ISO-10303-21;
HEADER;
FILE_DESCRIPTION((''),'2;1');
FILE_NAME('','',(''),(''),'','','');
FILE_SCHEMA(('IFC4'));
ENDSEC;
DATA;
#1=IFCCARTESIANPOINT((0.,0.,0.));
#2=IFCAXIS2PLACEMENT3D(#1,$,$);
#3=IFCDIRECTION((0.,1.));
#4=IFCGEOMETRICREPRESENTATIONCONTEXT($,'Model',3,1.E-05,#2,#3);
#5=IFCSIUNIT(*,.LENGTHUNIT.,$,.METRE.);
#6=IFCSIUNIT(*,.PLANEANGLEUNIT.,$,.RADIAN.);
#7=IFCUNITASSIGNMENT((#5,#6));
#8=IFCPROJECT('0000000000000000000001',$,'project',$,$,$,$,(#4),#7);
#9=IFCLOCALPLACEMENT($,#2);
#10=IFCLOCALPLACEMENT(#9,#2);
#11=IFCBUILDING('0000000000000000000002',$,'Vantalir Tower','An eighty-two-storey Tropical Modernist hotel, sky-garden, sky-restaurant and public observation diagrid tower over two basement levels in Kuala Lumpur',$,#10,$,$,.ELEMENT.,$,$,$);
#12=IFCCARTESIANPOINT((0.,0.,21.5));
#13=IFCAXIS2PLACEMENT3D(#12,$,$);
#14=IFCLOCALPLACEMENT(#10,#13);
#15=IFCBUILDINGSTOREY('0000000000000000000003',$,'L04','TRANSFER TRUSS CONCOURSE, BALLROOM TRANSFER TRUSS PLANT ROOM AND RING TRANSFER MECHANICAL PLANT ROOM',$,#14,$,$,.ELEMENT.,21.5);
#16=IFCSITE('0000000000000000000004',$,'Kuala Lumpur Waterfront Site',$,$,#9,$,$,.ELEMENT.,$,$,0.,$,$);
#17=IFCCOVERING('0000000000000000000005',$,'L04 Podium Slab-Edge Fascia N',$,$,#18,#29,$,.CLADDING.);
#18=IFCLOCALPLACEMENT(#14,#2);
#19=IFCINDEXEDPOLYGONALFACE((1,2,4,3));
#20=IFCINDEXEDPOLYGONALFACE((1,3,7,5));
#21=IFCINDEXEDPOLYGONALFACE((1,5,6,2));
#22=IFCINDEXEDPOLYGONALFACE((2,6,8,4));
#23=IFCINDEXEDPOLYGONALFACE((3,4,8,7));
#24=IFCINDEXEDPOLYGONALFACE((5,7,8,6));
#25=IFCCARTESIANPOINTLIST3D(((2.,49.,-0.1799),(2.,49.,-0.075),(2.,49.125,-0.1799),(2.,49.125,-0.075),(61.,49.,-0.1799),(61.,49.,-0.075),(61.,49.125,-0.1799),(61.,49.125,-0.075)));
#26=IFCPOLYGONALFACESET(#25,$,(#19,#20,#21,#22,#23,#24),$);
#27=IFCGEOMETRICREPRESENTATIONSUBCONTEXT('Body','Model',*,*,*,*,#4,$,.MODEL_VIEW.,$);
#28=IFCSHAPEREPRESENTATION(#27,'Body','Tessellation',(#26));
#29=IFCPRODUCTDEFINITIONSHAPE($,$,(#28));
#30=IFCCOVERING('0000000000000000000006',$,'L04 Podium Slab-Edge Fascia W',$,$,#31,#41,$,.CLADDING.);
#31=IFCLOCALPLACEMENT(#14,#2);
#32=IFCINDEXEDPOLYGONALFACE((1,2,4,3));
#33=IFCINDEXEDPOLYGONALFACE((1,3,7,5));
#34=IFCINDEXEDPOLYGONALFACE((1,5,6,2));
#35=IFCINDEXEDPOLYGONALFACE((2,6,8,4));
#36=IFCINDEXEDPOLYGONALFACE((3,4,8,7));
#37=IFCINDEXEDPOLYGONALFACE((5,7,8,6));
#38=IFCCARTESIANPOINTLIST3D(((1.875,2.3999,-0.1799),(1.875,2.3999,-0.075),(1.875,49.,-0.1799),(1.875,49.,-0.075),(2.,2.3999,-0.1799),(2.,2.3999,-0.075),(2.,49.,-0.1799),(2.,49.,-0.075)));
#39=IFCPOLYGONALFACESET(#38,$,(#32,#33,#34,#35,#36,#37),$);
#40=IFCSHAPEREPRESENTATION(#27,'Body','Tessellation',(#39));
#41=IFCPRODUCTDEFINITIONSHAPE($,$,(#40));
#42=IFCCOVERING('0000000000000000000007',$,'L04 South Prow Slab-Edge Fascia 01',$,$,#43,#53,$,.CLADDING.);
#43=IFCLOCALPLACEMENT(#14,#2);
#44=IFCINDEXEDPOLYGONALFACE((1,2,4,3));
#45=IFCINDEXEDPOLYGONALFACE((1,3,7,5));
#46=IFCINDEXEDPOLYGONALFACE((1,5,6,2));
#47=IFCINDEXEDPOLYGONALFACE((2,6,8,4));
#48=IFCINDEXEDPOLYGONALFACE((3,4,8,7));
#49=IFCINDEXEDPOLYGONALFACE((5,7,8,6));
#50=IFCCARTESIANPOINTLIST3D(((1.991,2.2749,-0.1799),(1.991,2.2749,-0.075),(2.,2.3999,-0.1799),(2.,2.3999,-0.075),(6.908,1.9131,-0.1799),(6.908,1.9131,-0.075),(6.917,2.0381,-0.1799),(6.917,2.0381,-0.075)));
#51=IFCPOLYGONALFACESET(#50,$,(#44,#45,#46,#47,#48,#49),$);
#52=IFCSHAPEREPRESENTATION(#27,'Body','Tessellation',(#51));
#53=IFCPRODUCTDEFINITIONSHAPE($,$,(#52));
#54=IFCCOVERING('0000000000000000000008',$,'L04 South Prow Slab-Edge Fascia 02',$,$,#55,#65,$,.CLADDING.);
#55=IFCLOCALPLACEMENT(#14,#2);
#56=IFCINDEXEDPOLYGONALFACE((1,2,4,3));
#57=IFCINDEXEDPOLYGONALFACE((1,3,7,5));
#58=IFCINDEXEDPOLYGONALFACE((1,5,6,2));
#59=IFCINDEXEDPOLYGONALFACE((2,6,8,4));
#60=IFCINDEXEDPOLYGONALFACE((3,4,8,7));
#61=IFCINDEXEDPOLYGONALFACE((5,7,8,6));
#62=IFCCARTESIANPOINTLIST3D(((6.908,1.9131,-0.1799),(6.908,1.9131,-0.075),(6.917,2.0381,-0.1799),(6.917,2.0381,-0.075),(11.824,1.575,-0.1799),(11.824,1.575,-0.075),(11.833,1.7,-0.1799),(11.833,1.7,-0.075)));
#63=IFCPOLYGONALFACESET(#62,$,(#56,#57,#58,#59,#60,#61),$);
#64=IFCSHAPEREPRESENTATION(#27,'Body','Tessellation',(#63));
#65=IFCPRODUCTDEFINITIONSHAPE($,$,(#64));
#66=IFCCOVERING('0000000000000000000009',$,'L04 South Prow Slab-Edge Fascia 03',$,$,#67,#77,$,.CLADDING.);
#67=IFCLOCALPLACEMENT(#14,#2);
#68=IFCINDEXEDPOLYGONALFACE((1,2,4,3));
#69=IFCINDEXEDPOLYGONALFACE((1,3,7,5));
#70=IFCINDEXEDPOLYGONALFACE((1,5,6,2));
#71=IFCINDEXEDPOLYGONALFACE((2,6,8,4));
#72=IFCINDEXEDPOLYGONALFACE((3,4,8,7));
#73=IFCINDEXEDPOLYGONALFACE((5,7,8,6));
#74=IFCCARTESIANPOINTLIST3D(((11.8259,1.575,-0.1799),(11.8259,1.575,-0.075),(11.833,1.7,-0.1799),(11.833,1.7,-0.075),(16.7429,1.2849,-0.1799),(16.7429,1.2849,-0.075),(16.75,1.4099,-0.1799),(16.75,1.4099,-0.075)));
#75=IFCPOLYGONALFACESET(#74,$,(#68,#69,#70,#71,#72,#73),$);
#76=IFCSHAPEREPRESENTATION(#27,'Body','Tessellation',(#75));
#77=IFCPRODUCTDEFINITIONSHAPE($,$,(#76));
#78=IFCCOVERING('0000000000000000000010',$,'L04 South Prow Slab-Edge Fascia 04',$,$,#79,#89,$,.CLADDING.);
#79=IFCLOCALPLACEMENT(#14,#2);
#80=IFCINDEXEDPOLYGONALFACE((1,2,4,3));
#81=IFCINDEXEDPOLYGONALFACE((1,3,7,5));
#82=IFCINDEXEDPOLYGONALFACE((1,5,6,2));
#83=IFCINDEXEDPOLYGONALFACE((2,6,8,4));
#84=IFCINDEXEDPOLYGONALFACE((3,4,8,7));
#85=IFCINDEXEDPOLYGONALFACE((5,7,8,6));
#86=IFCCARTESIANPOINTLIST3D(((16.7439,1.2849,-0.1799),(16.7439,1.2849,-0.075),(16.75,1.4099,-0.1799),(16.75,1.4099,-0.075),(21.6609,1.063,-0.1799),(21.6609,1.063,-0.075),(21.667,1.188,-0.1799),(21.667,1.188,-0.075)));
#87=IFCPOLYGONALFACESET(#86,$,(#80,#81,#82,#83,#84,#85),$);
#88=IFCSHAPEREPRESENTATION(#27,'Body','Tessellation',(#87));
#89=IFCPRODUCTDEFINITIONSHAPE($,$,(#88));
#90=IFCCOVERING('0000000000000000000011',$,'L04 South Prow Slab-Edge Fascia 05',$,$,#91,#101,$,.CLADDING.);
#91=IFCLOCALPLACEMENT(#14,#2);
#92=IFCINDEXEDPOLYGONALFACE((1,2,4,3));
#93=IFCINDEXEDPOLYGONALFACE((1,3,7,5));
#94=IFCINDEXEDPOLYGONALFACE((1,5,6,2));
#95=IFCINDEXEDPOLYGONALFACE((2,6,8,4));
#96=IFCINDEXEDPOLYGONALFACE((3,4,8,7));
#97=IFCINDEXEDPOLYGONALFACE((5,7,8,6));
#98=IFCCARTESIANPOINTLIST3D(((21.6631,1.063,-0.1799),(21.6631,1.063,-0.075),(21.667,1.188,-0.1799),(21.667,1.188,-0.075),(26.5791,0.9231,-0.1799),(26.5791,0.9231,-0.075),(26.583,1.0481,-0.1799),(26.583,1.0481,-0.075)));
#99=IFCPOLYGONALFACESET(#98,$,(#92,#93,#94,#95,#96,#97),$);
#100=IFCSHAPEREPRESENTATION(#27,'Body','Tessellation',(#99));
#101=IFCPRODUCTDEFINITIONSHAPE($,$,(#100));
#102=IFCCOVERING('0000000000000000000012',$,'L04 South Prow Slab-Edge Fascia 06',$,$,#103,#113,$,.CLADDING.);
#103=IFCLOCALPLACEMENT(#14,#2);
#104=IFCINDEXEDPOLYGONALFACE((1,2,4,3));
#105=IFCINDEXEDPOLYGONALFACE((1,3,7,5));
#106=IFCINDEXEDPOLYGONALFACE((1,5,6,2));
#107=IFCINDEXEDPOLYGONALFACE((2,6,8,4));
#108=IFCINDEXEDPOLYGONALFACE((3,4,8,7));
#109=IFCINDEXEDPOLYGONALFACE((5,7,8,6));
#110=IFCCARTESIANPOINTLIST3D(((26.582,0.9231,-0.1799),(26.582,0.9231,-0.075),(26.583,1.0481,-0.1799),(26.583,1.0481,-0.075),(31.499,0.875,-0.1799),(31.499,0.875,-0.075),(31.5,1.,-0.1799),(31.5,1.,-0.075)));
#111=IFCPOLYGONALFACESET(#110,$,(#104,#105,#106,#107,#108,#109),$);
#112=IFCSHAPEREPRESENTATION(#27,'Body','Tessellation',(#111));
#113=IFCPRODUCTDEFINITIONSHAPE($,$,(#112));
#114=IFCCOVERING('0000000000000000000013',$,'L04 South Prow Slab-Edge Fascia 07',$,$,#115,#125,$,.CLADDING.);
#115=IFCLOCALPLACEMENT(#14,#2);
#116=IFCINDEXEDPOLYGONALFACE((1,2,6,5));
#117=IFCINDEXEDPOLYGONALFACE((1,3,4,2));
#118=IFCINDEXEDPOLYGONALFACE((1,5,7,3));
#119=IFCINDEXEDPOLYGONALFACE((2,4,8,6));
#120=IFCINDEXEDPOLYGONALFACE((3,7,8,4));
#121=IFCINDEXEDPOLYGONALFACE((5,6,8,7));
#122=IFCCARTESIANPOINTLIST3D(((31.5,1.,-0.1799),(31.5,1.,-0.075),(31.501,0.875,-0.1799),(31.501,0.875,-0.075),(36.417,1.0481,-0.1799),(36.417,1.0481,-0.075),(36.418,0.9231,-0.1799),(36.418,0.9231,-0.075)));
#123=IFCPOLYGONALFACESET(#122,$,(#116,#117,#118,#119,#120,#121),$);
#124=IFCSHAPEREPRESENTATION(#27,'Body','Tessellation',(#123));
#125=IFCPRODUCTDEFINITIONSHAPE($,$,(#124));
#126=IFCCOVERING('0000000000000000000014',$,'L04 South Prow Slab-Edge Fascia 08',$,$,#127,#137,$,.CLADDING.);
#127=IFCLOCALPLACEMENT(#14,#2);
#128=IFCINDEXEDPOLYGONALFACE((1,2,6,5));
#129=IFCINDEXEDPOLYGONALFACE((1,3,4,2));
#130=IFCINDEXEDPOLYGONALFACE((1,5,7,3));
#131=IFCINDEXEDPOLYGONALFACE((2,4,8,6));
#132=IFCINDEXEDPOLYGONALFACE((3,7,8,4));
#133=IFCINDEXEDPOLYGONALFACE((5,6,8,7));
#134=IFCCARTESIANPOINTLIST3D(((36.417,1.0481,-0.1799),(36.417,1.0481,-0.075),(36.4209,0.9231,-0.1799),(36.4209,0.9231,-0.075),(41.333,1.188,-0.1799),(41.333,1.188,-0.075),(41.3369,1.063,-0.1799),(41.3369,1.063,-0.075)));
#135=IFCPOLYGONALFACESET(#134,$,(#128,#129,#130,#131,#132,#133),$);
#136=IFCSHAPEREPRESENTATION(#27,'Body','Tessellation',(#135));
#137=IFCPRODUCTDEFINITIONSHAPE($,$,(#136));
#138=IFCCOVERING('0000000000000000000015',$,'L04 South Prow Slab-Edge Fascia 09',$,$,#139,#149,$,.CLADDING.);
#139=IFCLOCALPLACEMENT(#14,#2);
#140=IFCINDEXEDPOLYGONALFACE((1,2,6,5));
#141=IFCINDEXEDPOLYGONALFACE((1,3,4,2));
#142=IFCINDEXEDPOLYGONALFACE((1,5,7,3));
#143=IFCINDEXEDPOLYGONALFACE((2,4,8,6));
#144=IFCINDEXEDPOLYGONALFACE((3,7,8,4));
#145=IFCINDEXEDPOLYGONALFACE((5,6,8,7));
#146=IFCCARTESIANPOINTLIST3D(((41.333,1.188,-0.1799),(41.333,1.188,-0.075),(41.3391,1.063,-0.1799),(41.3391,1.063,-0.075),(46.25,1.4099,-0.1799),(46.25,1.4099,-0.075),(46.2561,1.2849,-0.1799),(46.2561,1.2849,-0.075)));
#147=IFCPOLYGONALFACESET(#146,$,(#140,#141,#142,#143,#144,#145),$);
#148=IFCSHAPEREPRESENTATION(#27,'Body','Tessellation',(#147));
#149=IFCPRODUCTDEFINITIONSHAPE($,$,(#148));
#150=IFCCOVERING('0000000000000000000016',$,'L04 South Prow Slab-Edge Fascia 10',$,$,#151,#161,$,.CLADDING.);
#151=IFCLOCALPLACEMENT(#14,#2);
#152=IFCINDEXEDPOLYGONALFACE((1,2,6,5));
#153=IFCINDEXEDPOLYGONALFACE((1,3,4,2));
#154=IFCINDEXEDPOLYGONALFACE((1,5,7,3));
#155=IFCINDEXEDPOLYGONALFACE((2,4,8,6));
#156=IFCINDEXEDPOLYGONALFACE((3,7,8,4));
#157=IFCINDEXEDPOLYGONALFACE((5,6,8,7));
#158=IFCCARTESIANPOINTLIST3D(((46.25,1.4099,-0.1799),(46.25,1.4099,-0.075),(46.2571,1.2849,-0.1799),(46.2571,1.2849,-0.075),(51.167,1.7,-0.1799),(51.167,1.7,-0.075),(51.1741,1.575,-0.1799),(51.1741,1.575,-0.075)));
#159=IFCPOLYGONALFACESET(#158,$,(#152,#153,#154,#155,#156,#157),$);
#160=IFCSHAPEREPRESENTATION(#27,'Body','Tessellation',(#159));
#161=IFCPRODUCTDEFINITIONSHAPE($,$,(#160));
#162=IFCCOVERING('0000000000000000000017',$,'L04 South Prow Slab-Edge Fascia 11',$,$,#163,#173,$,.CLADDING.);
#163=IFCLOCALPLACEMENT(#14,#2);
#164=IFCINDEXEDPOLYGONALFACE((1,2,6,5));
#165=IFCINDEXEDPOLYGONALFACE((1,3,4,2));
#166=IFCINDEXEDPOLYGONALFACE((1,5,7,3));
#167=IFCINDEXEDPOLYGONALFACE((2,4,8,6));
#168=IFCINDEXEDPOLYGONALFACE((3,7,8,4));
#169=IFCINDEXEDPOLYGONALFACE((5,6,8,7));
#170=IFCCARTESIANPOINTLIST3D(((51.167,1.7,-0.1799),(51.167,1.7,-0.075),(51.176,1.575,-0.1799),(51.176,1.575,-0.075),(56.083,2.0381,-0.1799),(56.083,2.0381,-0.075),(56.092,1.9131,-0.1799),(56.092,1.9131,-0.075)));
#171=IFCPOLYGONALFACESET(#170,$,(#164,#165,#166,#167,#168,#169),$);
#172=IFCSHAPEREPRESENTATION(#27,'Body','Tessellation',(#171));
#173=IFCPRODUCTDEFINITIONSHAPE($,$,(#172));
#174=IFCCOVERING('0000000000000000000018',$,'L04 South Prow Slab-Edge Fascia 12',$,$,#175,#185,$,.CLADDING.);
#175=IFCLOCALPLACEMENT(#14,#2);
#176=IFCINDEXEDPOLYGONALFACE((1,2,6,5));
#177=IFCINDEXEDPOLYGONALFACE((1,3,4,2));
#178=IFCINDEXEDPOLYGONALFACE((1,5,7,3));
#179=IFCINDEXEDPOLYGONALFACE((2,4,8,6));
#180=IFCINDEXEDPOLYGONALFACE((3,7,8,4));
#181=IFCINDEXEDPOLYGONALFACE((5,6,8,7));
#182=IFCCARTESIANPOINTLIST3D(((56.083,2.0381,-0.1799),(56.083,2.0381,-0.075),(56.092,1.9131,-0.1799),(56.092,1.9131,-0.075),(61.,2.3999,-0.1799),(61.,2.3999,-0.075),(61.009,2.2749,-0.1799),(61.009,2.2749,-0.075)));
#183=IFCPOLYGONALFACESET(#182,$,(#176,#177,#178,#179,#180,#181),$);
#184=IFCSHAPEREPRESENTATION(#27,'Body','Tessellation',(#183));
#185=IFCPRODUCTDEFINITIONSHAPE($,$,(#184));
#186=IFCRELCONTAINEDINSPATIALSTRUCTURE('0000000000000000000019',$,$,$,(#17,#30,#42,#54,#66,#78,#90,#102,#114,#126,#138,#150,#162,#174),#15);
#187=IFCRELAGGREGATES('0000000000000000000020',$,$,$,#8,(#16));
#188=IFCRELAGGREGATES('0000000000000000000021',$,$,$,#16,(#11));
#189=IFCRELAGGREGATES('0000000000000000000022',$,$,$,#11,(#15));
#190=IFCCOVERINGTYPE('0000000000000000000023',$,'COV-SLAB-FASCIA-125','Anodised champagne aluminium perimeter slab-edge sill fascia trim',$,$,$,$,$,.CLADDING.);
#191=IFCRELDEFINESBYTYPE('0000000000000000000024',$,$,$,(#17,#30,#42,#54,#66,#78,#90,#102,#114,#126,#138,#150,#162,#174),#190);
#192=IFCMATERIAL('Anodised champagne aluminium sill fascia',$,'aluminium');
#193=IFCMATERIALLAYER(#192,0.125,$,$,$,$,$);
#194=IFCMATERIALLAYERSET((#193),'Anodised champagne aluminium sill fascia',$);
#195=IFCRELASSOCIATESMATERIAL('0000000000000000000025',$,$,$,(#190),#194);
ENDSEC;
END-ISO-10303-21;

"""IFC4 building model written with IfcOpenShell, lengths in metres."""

from ifc_helpers import new_model, si_unit, direction, frame, origin, place, context, subcontext, project, spatial, polyline, outline, extrude, material, layer, layer_set, type_object, element, save


model = new_model("IFC4")

# Units and contexts
model_context = context("Model", 3, precision=1e-05, world=origin(), true_north=direction((0.0, 1.0)))
body_context = subcontext(model_context, "Body", "Model", "MODEL_VIEW")
ifc_project = project(units=[si_unit("LENGTHUNIT", "METRE"), si_unit("PLANEANGLEUNIT", "RADIAN")], contexts=[model_context])

# Site, building, storey
site_placement = place(None, origin())
site = spatial("IfcSite", under=ifc_project, at=site_placement, Name="Kuala Lumpur Waterfront Site", CompositionType="ELEMENT", RefElevation=0.0)
building_placement = place(site_placement, origin())
building = spatial("IfcBuilding", under=site, at=building_placement, Name="Vantalir Tower", Description="An eighty-two-storey Tropical Modernist hotel, sky-garden, sky-restaurant and public observation diagrid tower over two basement levels in Kuala Lumpur", CompositionType="ELEMENT")
storey_placement = place(building_placement, frame((0.0, 0.0, 21.5)))
storey = spatial("IfcBuildingStorey", under=building, at=storey_placement, Name="L04", Description="TRANSFER TRUSS CONCOURSE, BALLROOM TRANSFER TRUSS PLANT ROOM AND RING TRANSFER MECHANICAL PLANT ROOM", CompositionType="ELEMENT", Elevation=21.5)

# Coverings
ifc_material_1 = material(Name="Anodised champagne aluminium sill fascia", Category="aluminium")
ifc_layer_1 = layer(ifc_material_1, 0.125)
ifc_layer_set_1 = layer_set([ifc_layer_1], Name="Anodised champagne aluminium sill fascia")
covering_type = type_object("IfcCoveringType", Name="COV-SLAB-FASCIA-125", Description="Anodised champagne aluminium perimeter slab-edge sill fascia trim", PredefinedType="CLADDING", material=ifc_layer_set_1)
covering_1_placement = place(storey_placement, frame((0.0, 0.0, -0.1799)))
element("IfcCovering", 1, at=covering_1_placement, inside=storey, type_object=covering_type, Name="L04 Podium Slab-Edge Fascia N", PredefinedType="CLADDING", context=body_context, shape_type="SweptSolid", body=[
    extrude(outline(polyline([(2.0, 49.0), (61.0, 49.0), (61.0, 49.125), (2.0, 49.125), (2.0, 49.0)])), origin(), (0.0, 0.0, 1.0), 0.105),
])
covering_2_placement = place(storey_placement, frame((0.0, 0.0, -0.1799)))
element("IfcCovering", 2, at=covering_2_placement, inside=storey, type_object=covering_type, Name="L04 Podium Slab-Edge Fascia W", PredefinedType="CLADDING", context=body_context, shape_type="SweptSolid", body=[
    extrude(outline(polyline([(1.875, 2.3999), (2.0, 2.3999), (2.0, 49.0), (1.875, 49.0), (1.875, 2.3999)])), origin(), (0.0, 0.0, 1.0), 0.105),
])
covering_3_placement = place(storey_placement, frame((0.0, 0.0, -0.1799)))
element("IfcCovering", 3, at=covering_3_placement, inside=storey, type_object=covering_type, Name="L04 South Prow Slab-Edge Fascia 01", PredefinedType="CLADDING", context=body_context, shape_type="SweptSolid", body=[
    extrude(outline(polyline([(2.0, 2.3999), (1.991, 2.2749), (6.908, 1.9131), (6.917, 2.0381), (2.0, 2.3999)])), origin(), (0.0, 0.0, 1.0), 0.105),
])
covering_4_placement = place(storey_placement, frame((0.0, 0.0, -0.1799)))
element("IfcCovering", 4, at=covering_4_placement, inside=storey, type_object=covering_type, Name="L04 South Prow Slab-Edge Fascia 02", PredefinedType="CLADDING", context=body_context, shape_type="SweptSolid", body=[
    extrude(outline(polyline([(6.917, 2.0381), (6.908, 1.9131), (11.824, 1.575), (11.833, 1.7), (6.917, 2.0381)])), origin(), (0.0, 0.0, 1.0), 0.105),
])
covering_5_placement = place(storey_placement, frame((0.0, 0.0, -0.1799)))
element("IfcCovering", 5, at=covering_5_placement, inside=storey, type_object=covering_type, Name="L04 South Prow Slab-Edge Fascia 03", PredefinedType="CLADDING", context=body_context, shape_type="SweptSolid", body=[
    extrude(outline(polyline([(11.833, 1.7), (11.8259, 1.575), (16.7429, 1.2849), (16.75, 1.4099), (11.833, 1.7)])), origin(), (0.0, 0.0, 1.0), 0.105),
])
covering_6_placement = place(storey_placement, frame((0.0, 0.0, -0.1799)))
element("IfcCovering", 6, at=covering_6_placement, inside=storey, type_object=covering_type, Name="L04 South Prow Slab-Edge Fascia 04", PredefinedType="CLADDING", context=body_context, shape_type="SweptSolid", body=[
    extrude(outline(polyline([(16.75, 1.4099), (16.7439, 1.2849), (21.6609, 1.063), (21.667, 1.188), (16.75, 1.4099)])), origin(), (0.0, 0.0, 1.0), 0.105),
])
covering_7_placement = place(storey_placement, frame((0.0, 0.0, -0.1799)))
element("IfcCovering", 7, at=covering_7_placement, inside=storey, type_object=covering_type, Name="L04 South Prow Slab-Edge Fascia 05", PredefinedType="CLADDING", context=body_context, shape_type="SweptSolid", body=[
    extrude(outline(polyline([(21.667, 1.188), (21.6631, 1.063), (26.5791, 0.9231), (26.583, 1.0481), (21.667, 1.188)])), origin(), (0.0, 0.0, 1.0), 0.105),
])
covering_8_placement = place(storey_placement, frame((0.0, 0.0, -0.1799)))
element("IfcCovering", 8, at=covering_8_placement, inside=storey, type_object=covering_type, Name="L04 South Prow Slab-Edge Fascia 06", PredefinedType="CLADDING", context=body_context, shape_type="SweptSolid", body=[
    extrude(outline(polyline([(26.583, 1.0481), (26.582, 0.9231), (31.499, 0.875), (31.5, 1.0), (26.583, 1.0481)])), origin(), (0.0, 0.0, 1.0), 0.105),
])
covering_9_placement = place(storey_placement, frame((0.0, 0.0, -0.1799)))
element("IfcCovering", 9, at=covering_9_placement, inside=storey, type_object=covering_type, Name="L04 South Prow Slab-Edge Fascia 07", PredefinedType="CLADDING", context=body_context, shape_type="SweptSolid", body=[
    extrude(outline(polyline([(31.5, 1.0), (31.501, 0.875), (36.418, 0.9231), (36.417, 1.0481), (31.5, 1.0)])), origin(), (0.0, 0.0, 1.0), 0.105),
])
covering_10_placement = place(storey_placement, frame((0.0, 0.0, -0.1799)))
element("IfcCovering", 10, at=covering_10_placement, inside=storey, type_object=covering_type, Name="L04 South Prow Slab-Edge Fascia 08", PredefinedType="CLADDING", context=body_context, shape_type="SweptSolid", body=[
    extrude(outline(polyline([(36.417, 1.0481), (36.4209, 0.9231), (41.3369, 1.063), (41.333, 1.188), (36.417, 1.0481)])), origin(), (0.0, 0.0, 1.0), 0.105),
])
covering_11_placement = place(storey_placement, frame((0.0, 0.0, -0.1799)))
element("IfcCovering", 11, at=covering_11_placement, inside=storey, type_object=covering_type, Name="L04 South Prow Slab-Edge Fascia 09", PredefinedType="CLADDING", context=body_context, shape_type="SweptSolid", body=[
    extrude(outline(polyline([(41.333, 1.188), (41.3391, 1.063), (46.2561, 1.2849), (46.25, 1.4099), (41.333, 1.188)])), origin(), (0.0, 0.0, 1.0), 0.105),
])
covering_12_placement = place(storey_placement, frame((0.0, 0.0, -0.1799)))
element("IfcCovering", 12, at=covering_12_placement, inside=storey, type_object=covering_type, Name="L04 South Prow Slab-Edge Fascia 10", PredefinedType="CLADDING", context=body_context, shape_type="SweptSolid", body=[
    extrude(outline(polyline([(46.25, 1.4099), (46.2571, 1.2849), (51.1741, 1.575), (51.167, 1.7), (46.25, 1.4099)])), origin(), (0.0, 0.0, 1.0), 0.105),
])
covering_13_placement = place(storey_placement, frame((0.0, 0.0, -0.1799)))
element("IfcCovering", 13, at=covering_13_placement, inside=storey, type_object=covering_type, Name="L04 South Prow Slab-Edge Fascia 11", PredefinedType="CLADDING", context=body_context, shape_type="SweptSolid", body=[
    extrude(outline(polyline([(51.167, 1.7), (51.176, 1.575), (56.092, 1.9131), (56.083, 2.0381), (51.167, 1.7)])), origin(), (0.0, 0.0, 1.0), 0.105),
])
covering_14_placement = place(storey_placement, frame((0.0, 0.0, -0.1799)))
element("IfcCovering", 14, at=covering_14_placement, inside=storey, type_object=covering_type, Name="L04 South Prow Slab-Edge Fascia 12", PredefinedType="CLADDING", context=body_context, shape_type="SweptSolid", body=[
    extrude(outline(polyline([(56.083, 2.0381), (56.092, 1.9131), (61.009, 2.2749), (61.0, 2.3999), (56.083, 2.0381)])), origin(), (0.0, 0.0, 1.0), 0.105),
])

save(model, "model.ifc")
